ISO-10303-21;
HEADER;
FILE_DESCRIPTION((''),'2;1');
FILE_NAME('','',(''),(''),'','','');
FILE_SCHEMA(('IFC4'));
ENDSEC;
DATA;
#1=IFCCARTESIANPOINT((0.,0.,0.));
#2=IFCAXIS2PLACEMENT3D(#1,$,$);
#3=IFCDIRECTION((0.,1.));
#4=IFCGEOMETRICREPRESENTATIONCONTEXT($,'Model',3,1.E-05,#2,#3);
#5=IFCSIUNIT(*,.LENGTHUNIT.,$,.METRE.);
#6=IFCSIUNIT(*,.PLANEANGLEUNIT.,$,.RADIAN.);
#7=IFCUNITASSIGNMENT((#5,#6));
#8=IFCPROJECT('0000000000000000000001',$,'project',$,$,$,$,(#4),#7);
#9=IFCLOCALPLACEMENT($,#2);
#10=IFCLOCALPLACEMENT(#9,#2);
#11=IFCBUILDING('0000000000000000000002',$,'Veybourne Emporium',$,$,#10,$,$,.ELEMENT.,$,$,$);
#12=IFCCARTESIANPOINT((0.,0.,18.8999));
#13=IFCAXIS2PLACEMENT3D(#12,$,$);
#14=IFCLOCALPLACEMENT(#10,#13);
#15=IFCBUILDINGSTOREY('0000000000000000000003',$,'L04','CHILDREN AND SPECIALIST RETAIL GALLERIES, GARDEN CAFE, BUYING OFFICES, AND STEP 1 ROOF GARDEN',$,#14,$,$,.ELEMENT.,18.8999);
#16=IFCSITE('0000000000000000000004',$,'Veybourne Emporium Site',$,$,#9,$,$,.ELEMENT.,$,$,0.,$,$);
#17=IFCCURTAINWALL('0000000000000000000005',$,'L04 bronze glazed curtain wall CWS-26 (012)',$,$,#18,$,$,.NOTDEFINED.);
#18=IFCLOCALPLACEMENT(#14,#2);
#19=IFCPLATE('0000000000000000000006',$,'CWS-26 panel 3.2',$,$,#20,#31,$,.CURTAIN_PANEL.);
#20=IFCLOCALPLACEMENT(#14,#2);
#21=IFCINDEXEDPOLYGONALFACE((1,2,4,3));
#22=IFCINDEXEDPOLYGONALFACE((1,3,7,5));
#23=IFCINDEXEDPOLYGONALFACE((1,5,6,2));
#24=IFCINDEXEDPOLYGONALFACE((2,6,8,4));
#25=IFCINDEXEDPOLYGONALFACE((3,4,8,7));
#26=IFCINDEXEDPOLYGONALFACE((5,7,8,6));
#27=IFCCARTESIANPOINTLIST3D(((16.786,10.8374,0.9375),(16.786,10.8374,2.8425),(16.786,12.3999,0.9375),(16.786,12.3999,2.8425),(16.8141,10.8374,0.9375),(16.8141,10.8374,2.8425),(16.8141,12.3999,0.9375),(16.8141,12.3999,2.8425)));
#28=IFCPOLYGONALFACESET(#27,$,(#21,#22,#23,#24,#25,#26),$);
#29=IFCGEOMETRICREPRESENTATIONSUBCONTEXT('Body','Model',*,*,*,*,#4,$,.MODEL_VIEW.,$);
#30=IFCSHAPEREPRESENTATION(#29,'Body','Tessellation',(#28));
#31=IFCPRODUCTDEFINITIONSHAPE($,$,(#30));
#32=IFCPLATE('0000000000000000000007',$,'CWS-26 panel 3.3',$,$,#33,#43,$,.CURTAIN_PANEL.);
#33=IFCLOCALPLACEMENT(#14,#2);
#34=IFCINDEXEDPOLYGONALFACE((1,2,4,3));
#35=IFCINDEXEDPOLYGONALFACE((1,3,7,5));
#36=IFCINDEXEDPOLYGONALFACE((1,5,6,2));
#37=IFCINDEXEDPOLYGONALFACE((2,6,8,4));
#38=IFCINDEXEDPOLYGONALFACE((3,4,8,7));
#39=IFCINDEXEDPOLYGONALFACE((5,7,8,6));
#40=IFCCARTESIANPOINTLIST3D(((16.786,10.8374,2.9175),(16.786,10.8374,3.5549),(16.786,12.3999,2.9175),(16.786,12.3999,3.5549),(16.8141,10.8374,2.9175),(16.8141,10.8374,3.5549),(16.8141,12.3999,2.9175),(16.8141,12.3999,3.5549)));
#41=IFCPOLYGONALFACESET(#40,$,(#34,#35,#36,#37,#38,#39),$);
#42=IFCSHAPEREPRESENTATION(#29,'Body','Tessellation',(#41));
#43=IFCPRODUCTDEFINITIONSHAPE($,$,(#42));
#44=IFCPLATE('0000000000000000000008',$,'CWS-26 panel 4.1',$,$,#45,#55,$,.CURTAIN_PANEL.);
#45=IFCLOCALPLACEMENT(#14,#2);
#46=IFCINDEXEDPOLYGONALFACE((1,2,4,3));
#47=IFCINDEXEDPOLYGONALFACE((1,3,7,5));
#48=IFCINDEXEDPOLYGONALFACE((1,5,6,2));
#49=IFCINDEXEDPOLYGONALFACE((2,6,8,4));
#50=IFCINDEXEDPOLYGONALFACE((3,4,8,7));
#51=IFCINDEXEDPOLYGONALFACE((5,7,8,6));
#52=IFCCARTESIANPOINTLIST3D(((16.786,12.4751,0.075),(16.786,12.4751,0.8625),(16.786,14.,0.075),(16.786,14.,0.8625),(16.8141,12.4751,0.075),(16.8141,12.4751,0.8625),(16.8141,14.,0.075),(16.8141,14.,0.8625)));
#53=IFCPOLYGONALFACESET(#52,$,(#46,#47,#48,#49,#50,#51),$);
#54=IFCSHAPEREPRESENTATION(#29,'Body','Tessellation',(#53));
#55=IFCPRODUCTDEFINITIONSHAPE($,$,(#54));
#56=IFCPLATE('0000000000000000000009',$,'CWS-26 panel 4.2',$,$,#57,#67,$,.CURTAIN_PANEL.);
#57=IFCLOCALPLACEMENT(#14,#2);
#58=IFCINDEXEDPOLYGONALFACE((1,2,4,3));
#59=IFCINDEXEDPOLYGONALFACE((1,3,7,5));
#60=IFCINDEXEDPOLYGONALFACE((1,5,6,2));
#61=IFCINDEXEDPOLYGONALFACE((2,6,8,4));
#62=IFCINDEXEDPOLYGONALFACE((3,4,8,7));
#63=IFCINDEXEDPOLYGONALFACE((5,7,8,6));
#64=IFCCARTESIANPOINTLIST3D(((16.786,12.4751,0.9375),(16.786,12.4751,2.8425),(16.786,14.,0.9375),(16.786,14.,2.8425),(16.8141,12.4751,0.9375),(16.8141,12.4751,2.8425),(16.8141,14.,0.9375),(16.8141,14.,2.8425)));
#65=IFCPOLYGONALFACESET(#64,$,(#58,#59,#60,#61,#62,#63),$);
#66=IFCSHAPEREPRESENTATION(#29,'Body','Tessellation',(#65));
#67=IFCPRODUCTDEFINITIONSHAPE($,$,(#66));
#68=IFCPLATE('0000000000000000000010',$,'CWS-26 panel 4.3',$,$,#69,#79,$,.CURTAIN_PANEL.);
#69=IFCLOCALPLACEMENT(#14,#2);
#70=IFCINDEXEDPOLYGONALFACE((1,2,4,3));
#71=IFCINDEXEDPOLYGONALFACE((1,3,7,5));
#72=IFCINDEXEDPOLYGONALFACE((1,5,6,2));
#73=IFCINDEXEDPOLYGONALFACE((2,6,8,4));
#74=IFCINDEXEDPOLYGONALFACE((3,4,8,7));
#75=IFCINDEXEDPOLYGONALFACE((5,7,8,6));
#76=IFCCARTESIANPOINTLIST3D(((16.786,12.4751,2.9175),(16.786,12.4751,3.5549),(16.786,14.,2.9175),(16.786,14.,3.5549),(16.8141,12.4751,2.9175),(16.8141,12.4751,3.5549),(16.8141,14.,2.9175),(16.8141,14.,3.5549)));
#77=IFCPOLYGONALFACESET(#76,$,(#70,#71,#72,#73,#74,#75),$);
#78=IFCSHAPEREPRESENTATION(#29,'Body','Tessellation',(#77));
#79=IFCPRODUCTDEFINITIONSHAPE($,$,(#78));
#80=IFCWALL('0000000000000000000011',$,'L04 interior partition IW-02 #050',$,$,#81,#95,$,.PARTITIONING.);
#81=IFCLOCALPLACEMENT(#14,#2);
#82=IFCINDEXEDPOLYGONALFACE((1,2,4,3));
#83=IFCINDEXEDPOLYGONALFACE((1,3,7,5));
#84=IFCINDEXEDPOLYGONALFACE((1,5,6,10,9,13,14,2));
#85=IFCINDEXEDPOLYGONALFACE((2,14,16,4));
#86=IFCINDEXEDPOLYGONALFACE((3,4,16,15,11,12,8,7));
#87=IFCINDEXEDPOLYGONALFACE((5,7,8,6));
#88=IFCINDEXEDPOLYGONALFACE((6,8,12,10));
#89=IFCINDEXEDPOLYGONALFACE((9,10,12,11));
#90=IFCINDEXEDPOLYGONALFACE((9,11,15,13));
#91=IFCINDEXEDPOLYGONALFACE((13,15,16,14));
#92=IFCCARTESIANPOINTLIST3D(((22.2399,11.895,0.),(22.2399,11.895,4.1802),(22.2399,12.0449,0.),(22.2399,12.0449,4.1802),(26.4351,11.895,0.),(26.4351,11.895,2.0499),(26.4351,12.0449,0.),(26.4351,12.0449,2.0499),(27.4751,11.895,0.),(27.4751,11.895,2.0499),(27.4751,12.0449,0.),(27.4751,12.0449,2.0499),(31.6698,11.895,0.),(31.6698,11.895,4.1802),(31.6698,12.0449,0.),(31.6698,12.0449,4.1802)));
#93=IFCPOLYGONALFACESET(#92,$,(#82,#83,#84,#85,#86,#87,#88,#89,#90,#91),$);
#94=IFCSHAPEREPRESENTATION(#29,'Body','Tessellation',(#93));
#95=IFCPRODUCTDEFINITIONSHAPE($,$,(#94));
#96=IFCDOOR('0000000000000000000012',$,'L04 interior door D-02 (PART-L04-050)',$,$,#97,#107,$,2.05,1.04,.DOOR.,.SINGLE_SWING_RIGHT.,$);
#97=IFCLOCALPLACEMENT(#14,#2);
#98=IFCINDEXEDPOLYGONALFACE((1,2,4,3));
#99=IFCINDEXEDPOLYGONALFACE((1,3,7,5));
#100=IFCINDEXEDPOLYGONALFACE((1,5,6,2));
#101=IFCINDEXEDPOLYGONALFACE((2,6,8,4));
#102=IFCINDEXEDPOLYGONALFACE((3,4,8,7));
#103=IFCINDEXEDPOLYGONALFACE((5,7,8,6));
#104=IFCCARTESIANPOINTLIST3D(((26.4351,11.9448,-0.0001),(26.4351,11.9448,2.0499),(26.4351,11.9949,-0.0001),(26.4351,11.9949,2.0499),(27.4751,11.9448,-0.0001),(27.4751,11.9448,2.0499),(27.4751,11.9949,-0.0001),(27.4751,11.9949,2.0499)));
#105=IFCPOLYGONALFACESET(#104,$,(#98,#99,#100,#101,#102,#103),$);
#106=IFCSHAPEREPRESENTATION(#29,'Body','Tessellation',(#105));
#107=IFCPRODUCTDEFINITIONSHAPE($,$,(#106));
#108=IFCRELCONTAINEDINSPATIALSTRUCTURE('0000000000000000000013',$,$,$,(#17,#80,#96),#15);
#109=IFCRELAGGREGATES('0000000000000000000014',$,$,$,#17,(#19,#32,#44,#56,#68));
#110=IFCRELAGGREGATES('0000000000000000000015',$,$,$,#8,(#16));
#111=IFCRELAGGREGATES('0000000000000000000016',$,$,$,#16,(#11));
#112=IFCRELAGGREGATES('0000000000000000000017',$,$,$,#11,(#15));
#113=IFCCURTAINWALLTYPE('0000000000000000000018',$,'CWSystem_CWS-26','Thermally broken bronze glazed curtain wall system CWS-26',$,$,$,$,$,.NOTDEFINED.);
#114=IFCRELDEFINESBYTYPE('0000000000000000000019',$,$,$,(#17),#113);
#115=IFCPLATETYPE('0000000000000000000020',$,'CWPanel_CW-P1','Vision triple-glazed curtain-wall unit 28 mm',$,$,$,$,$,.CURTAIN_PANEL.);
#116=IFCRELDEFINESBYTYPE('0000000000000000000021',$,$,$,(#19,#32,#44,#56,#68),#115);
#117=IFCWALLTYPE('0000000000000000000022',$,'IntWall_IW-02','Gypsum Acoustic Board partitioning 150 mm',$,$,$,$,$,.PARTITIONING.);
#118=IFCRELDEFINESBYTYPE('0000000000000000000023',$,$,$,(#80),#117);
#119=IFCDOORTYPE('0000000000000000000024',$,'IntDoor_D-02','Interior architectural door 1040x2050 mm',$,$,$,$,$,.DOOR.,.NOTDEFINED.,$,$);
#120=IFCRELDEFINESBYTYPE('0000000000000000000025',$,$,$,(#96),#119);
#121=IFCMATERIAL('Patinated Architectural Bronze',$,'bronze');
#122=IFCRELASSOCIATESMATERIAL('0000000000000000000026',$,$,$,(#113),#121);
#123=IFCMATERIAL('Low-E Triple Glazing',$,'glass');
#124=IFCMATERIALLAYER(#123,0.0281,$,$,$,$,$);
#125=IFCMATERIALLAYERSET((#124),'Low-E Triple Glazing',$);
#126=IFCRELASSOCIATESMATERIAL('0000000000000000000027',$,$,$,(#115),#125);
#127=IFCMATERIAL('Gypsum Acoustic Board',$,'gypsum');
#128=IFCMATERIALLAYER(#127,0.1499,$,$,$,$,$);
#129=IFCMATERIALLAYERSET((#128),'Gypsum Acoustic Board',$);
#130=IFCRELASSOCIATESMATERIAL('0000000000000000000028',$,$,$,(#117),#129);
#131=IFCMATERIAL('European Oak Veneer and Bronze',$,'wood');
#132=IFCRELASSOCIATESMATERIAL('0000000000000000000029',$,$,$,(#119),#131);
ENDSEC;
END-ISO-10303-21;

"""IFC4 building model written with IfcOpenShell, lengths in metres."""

from ifc_helpers import new_model, si_unit, direction, frame, frame_2d, origin, origin_2d, place, context, subcontext, project, spatial, rectangle, extrude, material, layer, layer_set, type_object, element, fill, aggregate, save


model = new_model("IFC4")

# Units and contexts
model_context = context("Model", 3, precision=1e-05, world=origin(), true_north=direction((0.0, 1.0)))
body_context = subcontext(model_context, "Body", "Model", "MODEL_VIEW")
ifc_project = project(units=[si_unit("LENGTHUNIT", "METRE"), si_unit("PLANEANGLEUNIT", "RADIAN")], contexts=[model_context])

# Site, building, storey
site_placement = place(None, origin())
site = spatial("IfcSite", under=ifc_project, at=site_placement, Name="Veybourne Emporium Site", CompositionType="ELEMENT", RefElevation=0.0)
building_placement = place(site_placement, origin())
building = spatial("IfcBuilding", under=site, at=building_placement, Name="Veybourne Emporium", CompositionType="ELEMENT")
storey_placement = place(building_placement, frame((0.0, 0.0, 18.8999)))
storey = spatial("IfcBuildingStorey", under=building, at=storey_placement, Name="L04", Description="CHILDREN AND SPECIALIST RETAIL GALLERIES, GARDEN CAFE, BUYING OFFICES, AND STEP 1 ROOF GARDEN", CompositionType="ELEMENT", Elevation=18.8999)

# Curtain wall, plates
ifc_material_1 = material(Name="Patinated Architectural Bronze", Category="bronze")
curtain_wall_type = type_object("IfcCurtainWallType", Name="CWSystem_CWS-26", Description="Thermally broken bronze glazed curtain wall system CWS-26", PredefinedType="NOTDEFINED", material=ifc_material_1)
curtain_wall_placement = place(storey_placement, origin())
curtain_wall = element("IfcCurtainWall", 1, at=curtain_wall_placement, inside=storey, type_object=curtain_wall_type, Name="L04 bronze glazed curtain wall CWS-26 (012)", PredefinedType="NOTDEFINED")
ifc_material_2 = material(Name="Low-E Triple Glazing", Category="glass")
ifc_layer_1 = layer(ifc_material_2, 0.0281)
ifc_layer_set_1 = layer_set([ifc_layer_1], Name="Low-E Triple Glazing")
plate_type = type_object("IfcPlateType", Name="CWPanel_CW-P1", Description="Vision triple-glazed curtain-wall unit 28 mm", PredefinedType="CURTAIN_PANEL", material=ifc_layer_set_1)
plate_1_placement = place(storey_placement, frame((16.8, 11.6187, 0.9375), z_axis=(0.0, 0.0, 1.0), x_axis=(0.0, 1.0, 0.0)))
plate_1 = element("IfcPlate", 2, at=plate_1_placement, type_object=plate_type, Name="CWS-26 panel 3.2", PredefinedType="CURTAIN_PANEL", context=body_context, shape_type="SweptSolid", body=[
    extrude(rectangle(XDim=1.5625, YDim=0.0281, at=origin_2d()), origin(), (0.0, 0.0, 1.0), 1.905),
])
plate_2_placement = place(storey_placement, frame((16.8, 11.6187, 2.9175), z_axis=(0.0, 0.0, 1.0), x_axis=(0.0, 1.0, 0.0)))
plate_2 = element("IfcPlate", 3, at=plate_2_placement, type_object=plate_type, Name="CWS-26 panel 3.3", PredefinedType="CURTAIN_PANEL", context=body_context, shape_type="SweptSolid", body=[
    extrude(rectangle(XDim=1.5625, YDim=0.0281, at=origin_2d()), origin(), (0.0, 0.0, 1.0), 0.6375),
])
plate_3_placement = place(storey_placement, frame((16.8, 13.2375, 0.075), z_axis=(0.0, 0.0, 1.0), x_axis=(0.0, 1.0, 0.0)))
plate_3 = element("IfcPlate", 4, at=plate_3_placement, type_object=plate_type, Name="CWS-26 panel 4.1", PredefinedType="CURTAIN_PANEL", context=body_context, shape_type="SweptSolid", body=[
    extrude(rectangle(XDim=1.5249, YDim=0.0281, at=origin_2d()), origin(), (0.0, 0.0, 1.0), 0.7876),
])
plate_4_placement = place(storey_placement, frame((16.8, 13.2375, 0.9375), z_axis=(0.0, 0.0, 1.0), x_axis=(0.0, 1.0, 0.0)))
plate_4 = element("IfcPlate", 5, at=plate_4_placement, type_object=plate_type, Name="CWS-26 panel 4.2", PredefinedType="CURTAIN_PANEL", context=body_context, shape_type="SweptSolid", body=[
    extrude(rectangle(XDim=1.5249, YDim=0.0281, at=origin_2d()), origin(), (0.0, 0.0, 1.0), 1.905),
])
plate_5_placement = place(storey_placement, frame((16.8, 13.2375, 2.9175), z_axis=(0.0, 0.0, 1.0), x_axis=(0.0, 1.0, 0.0)))
plate_5 = element("IfcPlate", 6, at=plate_5_placement, type_object=plate_type, Name="CWS-26 panel 4.3", PredefinedType="CURTAIN_PANEL", context=body_context, shape_type="SweptSolid", body=[
    extrude(rectangle(XDim=1.5249, YDim=0.0281, at=origin_2d()), origin(), (0.0, 0.0, 1.0), 0.6375),
])
aggregate(curtain_wall, [plate_1, plate_2, plate_3, plate_4, plate_5])

# Wall, opening, door
ifc_material_3 = material(Name="Gypsum Acoustic Board", Category="gypsum")
ifc_layer_2 = layer(ifc_material_3, 0.1499)
ifc_layer_set_2 = layer_set([ifc_layer_2], Name="Gypsum Acoustic Board")
wall_type = type_object("IfcWallType", Name="IntWall_IW-02", Description="Gypsum Acoustic Board partitioning 150 mm", PredefinedType="PARTITIONING", material=ifc_layer_set_2)
wall_1_placement = place(storey_placement, frame((22.24, 11.97, 0.0), z_axis=(0.0, 0.0, 1.0), x_axis=(1.0, 0.0, 0.0)))
wall_1 = element("IfcWall", 7, at=wall_1_placement, inside=storey, type_object=wall_type, Name="L04 interior partition IW-02 #050", PredefinedType="PARTITIONING", context=body_context, shape_type="SweptSolid", body=[
    extrude(rectangle(XDim=9.4299, YDim=0.1499, at=frame_2d((4.7148, 0.0))), origin(), (0.0, 0.0, 1.0), 4.1802),
])
opening_1_placement = place(wall_1_placement, frame((4.1951, 0.0, 0.0)))
opening_1 = element("IfcOpeningElement", 8, at=opening_1_placement, cuts=wall_1, PredefinedType="OPENING", context=body_context, shape_type="SweptSolid", body=[
    extrude(rectangle(XDim=1.04, YDim=2.05, at=frame_2d((0.52, 1.0249))), frame((0.0, 0.095, 0.0), z_axis=(0.0, -1.0, 0.0), x_axis=(1.0, 0.0, 0.0)), (0.0, 0.0, 1.0), 0.1899),
])
ifc_material_4 = material(Name="European Oak Veneer and Bronze", Category="wood")
door_type_1 = type_object("IfcDoorType", Name="IntDoor_D-02", Description="Interior architectural door 1040x2050 mm", OperationType="NOTDEFINED", PredefinedType="DOOR", material=ifc_material_4)
door_1_placement = place(opening_1_placement, origin())
door_1 = element("IfcDoor", 9, at=door_1_placement, inside=storey, type_object=door_type_1, Name="L04 interior door D-02 (PART-L04-050)", OperationType="SINGLE_SWING_RIGHT", OverallHeight=2.05, OverallWidth=1.04, PredefinedType="DOOR", context=body_context, shape_type="SweptSolid", body=[
    extrude(rectangle(XDim=1.04, YDim=2.05, at=frame_2d((0.52, 1.0249))), frame((0.0, 0.0249, 0.0), z_axis=(0.0, -1.0, 0.0), x_axis=(1.0, 0.0, 0.0)), (0.0, 0.0, 1.0), 0.05),
])
fill(opening_1, door_1)

save(model, "model.ifc")
